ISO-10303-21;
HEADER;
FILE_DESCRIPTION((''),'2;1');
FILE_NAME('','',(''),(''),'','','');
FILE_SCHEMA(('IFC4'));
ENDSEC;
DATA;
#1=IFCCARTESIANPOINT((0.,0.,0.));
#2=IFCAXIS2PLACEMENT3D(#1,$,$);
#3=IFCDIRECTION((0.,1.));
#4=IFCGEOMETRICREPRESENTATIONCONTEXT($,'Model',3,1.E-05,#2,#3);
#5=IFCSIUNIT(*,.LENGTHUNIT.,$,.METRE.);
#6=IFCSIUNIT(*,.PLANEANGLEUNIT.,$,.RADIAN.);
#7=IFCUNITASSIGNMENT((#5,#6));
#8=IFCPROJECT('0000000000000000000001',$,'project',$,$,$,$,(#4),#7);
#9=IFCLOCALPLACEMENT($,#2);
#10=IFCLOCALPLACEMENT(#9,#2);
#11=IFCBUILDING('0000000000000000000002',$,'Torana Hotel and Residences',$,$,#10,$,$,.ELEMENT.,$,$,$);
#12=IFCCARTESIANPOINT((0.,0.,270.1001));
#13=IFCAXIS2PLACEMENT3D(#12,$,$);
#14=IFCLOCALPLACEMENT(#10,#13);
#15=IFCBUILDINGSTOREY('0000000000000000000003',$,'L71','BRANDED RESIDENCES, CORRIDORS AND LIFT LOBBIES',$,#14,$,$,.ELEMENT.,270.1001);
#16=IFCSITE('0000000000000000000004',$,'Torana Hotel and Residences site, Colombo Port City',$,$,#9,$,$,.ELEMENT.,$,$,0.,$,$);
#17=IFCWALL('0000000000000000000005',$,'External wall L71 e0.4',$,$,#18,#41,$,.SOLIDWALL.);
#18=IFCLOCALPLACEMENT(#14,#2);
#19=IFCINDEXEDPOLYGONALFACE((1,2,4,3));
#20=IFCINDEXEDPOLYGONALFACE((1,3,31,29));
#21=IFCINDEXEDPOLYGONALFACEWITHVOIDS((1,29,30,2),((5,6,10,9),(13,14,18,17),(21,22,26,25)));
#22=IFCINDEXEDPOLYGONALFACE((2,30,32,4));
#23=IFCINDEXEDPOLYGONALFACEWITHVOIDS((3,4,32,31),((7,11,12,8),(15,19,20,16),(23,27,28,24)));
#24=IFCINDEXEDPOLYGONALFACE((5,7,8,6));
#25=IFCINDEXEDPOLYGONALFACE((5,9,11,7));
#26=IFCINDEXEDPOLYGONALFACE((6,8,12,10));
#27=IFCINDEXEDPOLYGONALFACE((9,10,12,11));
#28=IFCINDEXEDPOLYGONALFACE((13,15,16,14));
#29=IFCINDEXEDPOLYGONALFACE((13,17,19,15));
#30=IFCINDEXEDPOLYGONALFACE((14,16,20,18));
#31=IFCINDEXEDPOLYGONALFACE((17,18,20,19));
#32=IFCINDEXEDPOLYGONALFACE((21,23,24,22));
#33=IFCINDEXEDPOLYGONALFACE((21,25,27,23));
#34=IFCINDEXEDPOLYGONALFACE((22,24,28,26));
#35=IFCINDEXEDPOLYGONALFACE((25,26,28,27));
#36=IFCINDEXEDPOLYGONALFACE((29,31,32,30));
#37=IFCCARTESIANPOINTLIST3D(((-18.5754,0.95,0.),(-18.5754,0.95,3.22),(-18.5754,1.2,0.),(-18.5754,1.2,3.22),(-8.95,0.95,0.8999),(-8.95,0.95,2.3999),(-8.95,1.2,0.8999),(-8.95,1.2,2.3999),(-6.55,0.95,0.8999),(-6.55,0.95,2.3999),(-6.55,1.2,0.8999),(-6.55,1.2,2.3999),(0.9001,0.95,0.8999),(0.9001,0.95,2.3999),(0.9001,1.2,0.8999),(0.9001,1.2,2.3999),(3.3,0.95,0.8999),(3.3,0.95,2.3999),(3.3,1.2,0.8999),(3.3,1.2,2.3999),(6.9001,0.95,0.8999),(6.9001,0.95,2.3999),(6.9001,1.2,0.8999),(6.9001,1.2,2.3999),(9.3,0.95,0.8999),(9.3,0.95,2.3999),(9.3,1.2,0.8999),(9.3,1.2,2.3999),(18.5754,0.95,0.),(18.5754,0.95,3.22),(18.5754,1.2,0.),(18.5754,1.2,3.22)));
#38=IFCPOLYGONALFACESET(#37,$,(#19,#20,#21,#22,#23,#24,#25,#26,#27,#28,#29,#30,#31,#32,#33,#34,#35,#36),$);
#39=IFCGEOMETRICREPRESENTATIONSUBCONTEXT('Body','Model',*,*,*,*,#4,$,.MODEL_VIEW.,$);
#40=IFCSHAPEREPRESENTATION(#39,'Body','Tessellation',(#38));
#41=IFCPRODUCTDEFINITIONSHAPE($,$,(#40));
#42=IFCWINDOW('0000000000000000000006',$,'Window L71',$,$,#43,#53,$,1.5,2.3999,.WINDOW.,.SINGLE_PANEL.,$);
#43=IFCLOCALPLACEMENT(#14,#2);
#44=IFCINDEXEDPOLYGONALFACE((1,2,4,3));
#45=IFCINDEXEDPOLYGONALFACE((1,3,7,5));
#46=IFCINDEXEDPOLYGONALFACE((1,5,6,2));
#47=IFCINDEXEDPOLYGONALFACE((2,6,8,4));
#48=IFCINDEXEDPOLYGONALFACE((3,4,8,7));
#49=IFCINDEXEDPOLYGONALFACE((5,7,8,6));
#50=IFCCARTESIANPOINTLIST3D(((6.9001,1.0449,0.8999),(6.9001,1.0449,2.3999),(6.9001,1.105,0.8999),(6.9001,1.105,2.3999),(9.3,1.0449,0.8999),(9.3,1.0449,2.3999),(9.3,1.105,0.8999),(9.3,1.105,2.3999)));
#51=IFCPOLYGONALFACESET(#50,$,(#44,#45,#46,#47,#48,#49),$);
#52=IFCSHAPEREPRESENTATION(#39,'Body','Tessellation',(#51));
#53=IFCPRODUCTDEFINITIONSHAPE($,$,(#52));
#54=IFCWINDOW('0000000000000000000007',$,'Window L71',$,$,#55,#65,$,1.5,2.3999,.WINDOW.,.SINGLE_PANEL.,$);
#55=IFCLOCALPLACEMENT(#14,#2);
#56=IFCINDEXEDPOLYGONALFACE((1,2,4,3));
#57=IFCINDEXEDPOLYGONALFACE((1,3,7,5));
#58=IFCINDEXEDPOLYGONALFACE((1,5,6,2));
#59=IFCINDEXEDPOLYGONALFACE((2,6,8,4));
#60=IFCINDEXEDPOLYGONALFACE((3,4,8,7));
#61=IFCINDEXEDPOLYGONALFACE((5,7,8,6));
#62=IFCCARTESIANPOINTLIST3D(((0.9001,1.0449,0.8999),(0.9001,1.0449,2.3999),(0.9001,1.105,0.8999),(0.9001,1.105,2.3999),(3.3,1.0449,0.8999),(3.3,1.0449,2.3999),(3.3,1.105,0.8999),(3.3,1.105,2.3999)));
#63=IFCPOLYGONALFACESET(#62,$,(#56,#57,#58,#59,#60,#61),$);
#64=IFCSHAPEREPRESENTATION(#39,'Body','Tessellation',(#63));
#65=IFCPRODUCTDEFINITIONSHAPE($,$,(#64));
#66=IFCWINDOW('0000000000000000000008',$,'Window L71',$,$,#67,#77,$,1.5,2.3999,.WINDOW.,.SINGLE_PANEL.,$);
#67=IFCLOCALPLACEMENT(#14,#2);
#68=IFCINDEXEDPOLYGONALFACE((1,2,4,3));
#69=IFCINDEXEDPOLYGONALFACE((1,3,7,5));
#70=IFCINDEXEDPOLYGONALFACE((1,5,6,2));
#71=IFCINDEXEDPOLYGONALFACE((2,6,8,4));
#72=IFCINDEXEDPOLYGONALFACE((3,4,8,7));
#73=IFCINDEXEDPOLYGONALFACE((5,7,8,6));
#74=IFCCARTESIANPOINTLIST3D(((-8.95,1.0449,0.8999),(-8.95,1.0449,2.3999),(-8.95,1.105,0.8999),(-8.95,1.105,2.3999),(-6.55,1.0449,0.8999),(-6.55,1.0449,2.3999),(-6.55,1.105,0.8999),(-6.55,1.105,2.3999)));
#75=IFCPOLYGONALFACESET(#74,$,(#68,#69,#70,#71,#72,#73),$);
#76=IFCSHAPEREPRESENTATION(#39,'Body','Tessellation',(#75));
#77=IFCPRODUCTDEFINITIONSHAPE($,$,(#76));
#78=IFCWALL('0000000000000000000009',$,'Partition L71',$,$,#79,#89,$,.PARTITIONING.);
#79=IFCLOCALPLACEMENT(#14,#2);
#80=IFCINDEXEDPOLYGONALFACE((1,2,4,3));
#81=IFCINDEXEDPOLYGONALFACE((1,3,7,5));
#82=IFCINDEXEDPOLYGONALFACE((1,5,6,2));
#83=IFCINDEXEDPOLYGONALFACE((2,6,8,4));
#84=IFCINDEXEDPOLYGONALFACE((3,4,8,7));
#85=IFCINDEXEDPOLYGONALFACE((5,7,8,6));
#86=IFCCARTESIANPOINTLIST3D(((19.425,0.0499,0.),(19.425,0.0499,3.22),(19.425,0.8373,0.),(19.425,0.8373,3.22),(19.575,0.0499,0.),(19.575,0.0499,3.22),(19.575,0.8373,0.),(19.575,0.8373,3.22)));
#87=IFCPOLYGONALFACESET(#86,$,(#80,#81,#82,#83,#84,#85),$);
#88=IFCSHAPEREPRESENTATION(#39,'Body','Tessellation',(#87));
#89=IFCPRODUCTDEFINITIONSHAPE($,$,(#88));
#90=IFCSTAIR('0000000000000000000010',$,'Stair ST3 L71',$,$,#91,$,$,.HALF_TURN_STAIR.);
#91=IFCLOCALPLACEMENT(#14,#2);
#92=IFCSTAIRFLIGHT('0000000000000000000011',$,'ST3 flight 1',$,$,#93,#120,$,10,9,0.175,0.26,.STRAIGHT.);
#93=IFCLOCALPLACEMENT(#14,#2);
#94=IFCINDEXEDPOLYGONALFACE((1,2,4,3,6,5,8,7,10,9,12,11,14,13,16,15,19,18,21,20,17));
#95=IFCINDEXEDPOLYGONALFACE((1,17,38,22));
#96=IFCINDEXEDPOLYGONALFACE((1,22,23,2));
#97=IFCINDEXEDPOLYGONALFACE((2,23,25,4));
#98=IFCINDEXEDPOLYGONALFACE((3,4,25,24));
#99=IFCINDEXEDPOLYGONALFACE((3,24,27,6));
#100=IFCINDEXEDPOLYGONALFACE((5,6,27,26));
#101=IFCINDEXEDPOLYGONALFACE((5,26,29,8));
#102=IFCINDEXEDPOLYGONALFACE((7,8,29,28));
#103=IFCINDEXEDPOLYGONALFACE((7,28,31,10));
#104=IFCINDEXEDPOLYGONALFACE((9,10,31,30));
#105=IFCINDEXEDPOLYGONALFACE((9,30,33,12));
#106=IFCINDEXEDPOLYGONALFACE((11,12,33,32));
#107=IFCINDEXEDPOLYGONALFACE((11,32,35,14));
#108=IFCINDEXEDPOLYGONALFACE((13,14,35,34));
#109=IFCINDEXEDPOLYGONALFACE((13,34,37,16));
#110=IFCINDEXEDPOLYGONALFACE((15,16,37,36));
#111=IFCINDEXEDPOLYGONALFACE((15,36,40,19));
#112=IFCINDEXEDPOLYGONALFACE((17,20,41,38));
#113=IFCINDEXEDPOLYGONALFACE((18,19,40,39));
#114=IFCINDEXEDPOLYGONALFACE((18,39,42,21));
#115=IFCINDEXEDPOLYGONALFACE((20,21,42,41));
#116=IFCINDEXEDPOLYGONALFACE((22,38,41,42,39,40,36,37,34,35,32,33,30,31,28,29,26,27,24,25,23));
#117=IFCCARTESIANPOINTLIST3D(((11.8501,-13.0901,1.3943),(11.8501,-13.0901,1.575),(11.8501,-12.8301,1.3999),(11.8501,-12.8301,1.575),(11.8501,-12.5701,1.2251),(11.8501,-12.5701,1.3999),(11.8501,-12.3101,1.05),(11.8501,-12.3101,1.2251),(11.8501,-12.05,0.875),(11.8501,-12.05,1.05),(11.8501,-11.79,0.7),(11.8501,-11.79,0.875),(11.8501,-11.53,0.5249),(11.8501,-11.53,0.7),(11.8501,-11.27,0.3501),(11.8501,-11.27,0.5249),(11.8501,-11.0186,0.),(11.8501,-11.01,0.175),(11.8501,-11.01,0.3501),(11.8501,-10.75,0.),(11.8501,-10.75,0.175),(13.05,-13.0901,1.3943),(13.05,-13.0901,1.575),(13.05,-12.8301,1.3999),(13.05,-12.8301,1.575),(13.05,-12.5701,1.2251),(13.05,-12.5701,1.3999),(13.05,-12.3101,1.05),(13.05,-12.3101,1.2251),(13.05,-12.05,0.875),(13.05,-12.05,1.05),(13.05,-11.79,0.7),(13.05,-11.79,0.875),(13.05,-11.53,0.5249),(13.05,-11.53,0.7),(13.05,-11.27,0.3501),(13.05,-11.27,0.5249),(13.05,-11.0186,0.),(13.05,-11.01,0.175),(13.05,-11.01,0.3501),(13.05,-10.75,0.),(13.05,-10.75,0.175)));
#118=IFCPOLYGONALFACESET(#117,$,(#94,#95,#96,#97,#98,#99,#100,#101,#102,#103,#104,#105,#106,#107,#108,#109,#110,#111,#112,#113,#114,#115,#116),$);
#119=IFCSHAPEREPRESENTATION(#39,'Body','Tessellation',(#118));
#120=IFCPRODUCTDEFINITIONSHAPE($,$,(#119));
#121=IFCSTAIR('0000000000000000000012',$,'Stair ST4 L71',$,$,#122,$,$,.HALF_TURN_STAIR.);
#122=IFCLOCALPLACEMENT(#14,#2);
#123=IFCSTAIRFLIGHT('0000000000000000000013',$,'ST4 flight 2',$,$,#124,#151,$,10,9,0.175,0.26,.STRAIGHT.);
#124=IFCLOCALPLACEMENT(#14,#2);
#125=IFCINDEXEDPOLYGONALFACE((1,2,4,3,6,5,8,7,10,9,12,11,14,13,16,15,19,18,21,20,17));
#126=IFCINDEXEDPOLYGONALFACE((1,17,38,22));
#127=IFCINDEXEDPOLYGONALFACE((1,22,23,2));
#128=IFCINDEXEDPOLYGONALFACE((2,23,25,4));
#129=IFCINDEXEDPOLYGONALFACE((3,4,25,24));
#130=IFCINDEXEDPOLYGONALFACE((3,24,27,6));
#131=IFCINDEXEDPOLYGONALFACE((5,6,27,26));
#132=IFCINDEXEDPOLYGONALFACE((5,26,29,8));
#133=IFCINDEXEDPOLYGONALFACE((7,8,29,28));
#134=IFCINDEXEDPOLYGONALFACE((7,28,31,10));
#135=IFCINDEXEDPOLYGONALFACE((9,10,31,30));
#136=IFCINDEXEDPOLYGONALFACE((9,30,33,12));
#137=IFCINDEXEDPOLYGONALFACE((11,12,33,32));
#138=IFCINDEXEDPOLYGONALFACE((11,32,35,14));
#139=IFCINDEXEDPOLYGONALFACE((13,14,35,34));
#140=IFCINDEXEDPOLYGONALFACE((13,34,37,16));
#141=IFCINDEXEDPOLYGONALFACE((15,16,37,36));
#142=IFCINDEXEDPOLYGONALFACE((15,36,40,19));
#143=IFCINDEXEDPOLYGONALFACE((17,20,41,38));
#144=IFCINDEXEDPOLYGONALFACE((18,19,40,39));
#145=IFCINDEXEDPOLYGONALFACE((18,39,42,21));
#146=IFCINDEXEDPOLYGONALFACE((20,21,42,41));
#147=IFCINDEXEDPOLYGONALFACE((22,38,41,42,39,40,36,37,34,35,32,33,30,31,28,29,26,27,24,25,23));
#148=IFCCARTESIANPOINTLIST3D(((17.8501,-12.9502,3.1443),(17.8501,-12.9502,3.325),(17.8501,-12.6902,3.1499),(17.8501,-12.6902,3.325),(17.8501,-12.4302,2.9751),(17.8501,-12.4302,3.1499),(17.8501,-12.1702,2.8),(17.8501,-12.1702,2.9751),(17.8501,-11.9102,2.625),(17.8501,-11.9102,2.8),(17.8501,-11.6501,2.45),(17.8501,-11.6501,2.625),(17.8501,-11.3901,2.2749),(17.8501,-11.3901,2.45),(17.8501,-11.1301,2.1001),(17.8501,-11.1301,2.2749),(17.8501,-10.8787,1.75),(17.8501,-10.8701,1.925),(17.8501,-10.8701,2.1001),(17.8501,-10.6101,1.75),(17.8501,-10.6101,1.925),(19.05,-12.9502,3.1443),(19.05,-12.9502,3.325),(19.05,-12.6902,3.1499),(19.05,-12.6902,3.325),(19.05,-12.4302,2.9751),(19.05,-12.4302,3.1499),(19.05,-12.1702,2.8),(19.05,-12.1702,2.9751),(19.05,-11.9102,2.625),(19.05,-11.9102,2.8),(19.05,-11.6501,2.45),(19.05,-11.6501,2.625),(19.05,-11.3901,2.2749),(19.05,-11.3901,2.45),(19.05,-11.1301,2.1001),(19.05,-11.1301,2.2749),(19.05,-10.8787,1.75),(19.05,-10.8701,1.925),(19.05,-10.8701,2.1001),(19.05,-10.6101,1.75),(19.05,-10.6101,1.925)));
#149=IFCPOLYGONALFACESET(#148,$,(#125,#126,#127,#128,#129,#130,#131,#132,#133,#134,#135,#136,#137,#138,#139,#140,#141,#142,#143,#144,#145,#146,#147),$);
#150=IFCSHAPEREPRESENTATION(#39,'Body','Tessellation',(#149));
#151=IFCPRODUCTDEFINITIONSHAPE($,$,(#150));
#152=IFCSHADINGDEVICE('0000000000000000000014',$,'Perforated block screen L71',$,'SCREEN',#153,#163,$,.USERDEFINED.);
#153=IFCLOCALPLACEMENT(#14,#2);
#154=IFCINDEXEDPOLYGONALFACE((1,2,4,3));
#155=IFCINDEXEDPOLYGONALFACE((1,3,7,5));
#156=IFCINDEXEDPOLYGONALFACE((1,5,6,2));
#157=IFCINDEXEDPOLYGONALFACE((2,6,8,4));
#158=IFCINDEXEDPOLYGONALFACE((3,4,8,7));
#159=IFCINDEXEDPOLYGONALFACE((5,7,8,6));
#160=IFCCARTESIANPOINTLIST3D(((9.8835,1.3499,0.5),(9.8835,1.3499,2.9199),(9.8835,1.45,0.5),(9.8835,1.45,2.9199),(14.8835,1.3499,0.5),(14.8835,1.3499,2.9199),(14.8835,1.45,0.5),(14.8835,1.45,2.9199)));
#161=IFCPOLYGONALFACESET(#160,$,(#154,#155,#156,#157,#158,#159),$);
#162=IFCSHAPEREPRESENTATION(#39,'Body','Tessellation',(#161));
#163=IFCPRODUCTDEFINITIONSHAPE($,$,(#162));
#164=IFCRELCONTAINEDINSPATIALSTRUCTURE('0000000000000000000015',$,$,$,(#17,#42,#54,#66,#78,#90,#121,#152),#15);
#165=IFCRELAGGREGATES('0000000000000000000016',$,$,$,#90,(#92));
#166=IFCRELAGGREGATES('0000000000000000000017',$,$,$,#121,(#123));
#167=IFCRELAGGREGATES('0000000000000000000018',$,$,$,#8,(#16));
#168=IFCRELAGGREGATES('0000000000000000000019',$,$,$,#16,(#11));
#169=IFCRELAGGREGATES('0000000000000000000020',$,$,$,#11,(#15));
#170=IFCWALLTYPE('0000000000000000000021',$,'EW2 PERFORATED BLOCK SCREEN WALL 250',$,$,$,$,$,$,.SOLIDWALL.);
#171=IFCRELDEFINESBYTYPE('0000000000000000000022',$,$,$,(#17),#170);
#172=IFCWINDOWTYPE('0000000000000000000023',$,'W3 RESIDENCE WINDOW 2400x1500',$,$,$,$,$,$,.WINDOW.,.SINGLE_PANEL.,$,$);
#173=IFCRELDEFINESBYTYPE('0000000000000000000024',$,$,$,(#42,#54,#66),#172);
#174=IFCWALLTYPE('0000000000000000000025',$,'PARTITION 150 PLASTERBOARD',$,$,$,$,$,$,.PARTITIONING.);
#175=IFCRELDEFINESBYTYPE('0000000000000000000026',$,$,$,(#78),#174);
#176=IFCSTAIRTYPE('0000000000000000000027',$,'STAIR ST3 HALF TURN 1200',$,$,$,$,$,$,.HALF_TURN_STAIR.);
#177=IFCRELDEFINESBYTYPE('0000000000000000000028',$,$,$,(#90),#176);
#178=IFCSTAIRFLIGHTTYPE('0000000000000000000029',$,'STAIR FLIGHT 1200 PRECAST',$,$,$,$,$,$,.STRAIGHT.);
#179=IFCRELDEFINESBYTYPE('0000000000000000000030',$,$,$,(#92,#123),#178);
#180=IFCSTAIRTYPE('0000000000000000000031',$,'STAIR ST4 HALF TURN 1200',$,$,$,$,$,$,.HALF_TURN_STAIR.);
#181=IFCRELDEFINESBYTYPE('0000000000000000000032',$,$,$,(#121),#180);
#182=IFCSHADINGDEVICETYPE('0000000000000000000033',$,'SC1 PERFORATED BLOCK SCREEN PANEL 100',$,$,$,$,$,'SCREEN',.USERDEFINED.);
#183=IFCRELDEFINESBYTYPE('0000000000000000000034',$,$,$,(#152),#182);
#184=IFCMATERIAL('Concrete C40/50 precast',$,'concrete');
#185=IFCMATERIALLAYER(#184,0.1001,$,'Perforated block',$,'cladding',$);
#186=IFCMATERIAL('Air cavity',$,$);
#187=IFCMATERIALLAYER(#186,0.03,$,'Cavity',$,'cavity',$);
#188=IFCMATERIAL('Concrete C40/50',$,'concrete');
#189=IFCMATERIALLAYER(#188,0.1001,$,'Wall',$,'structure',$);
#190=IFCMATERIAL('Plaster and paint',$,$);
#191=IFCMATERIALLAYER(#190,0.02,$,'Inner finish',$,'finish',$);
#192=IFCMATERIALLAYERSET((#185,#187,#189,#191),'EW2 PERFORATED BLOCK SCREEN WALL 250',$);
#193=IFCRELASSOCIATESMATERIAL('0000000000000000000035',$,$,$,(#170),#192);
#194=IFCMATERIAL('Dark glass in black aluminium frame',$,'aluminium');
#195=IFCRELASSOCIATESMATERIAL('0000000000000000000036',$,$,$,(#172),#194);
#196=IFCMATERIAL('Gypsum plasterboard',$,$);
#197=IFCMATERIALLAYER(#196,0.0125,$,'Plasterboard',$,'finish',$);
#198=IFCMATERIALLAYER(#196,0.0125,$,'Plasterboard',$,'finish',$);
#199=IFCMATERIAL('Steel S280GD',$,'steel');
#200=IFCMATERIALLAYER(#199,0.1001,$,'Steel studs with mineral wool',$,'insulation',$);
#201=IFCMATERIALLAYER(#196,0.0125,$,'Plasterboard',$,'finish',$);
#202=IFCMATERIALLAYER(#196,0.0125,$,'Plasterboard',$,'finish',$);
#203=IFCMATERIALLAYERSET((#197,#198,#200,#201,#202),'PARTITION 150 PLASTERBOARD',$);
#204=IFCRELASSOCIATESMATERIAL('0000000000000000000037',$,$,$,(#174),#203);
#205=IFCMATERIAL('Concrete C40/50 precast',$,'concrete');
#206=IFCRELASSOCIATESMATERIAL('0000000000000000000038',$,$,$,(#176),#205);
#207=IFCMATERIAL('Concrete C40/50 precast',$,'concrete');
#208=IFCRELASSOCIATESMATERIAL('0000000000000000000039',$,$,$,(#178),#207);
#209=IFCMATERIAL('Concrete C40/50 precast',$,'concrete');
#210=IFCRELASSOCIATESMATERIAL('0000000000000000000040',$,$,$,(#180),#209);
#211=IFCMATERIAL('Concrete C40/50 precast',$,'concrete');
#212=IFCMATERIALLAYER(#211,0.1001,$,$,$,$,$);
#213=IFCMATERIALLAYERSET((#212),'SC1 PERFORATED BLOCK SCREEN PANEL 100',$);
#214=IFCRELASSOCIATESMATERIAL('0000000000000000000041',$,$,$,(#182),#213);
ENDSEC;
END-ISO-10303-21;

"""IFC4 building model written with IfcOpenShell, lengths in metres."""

from ifc_helpers import new_model, si_unit, direction, frame, frame_2d, origin, origin_2d, place, context, subcontext, project, spatial, polyline, rectangle, outline, extrude, material, layer, layer_set, type_object, element, fill, aggregate, save


model = new_model("IFC4")

# Units and contexts
model_context = context("Model", 3, precision=1e-05, world=origin(), true_north=direction((0.0, 1.0)))
body_context = subcontext(model_context, "Body", "Model", "MODEL_VIEW")
ifc_project = project(units=[si_unit("LENGTHUNIT", "METRE"), si_unit("PLANEANGLEUNIT", "RADIAN")], contexts=[model_context])

# Site, building, storey
site_placement = place(None, origin())
site = spatial("IfcSite", under=ifc_project, at=site_placement, Name="Torana Hotel and Residences site, Colombo Port City", CompositionType="ELEMENT", RefElevation=0.0)
building_placement = place(site_placement, origin())
building = spatial("IfcBuilding", under=site, at=building_placement, Name="Torana Hotel and Residences", CompositionType="ELEMENT")
storey_placement = place(building_placement, frame((0.0, 0.0, 270.1001)))
storey = spatial("IfcBuildingStorey", under=building, at=storey_placement, Name="L71", Description="BRANDED RESIDENCES, CORRIDORS AND LIFT LOBBIES", CompositionType="ELEMENT", Elevation=270.1001)

# Wall, openings, windows
ifc_material_1 = material(Name="Concrete C40/50 precast", Category="concrete")
ifc_layer_1 = layer(ifc_material_1, 0.1001, Name="Perforated block", Category="cladding")
ifc_material_2 = material(Name="Air cavity")
ifc_layer_2 = layer(ifc_material_2, 0.03, Name="Cavity", Category="cavity")
ifc_material_3 = material(Name="Concrete C40/50", Category="concrete")
ifc_layer_3 = layer(ifc_material_3, 0.1001, Name="Wall", Category="structure")
ifc_material_4 = material(Name="Plaster and paint")
ifc_layer_4 = layer(ifc_material_4, 0.02, Name="Inner finish", Category="finish")
ifc_layer_set_1 = layer_set([ifc_layer_1, ifc_layer_2, ifc_layer_3, ifc_layer_4], Name="EW2 PERFORATED BLOCK SCREEN WALL 250")
wall_type_1 = type_object("IfcWallType", Name="EW2 PERFORATED BLOCK SCREEN WALL 250", PredefinedType="SOLIDWALL", material=ifc_layer_set_1)
wall_1_placement = place(storey_placement, frame((18.5754, 1.075, 0.0), z_axis=(0.0, 0.0, 1.0), x_axis=(-1.0, 0.0, 0.0)))
wall_1 = element("IfcWall", 1, at=wall_1_placement, inside=storey, type_object=wall_type_1, Name="External wall L71 e0.4", PredefinedType="SOLIDWALL", context=body_context, shape_type="SweptSolid", body=[
    extrude(rectangle(XDim=37.1509, YDim=0.25, at=frame_2d((18.5754, 0.0))), origin(), (0.0, 0.0, 1.0), 3.22),
])
opening_1_placement = place(wall_1_placement, frame((9.2754, 0.0, 0.8999)))
opening_1 = element("IfcOpeningElement", 2, at=opening_1_placement, cuts=wall_1, PredefinedType="OPENING", context=body_context, shape_type="SweptSolid", body=[
    extrude(rectangle(XDim=2.3999, YDim=1.5, at=frame_2d((1.2, 0.75))), frame((0.0, 0.135, 0.0), z_axis=(0.0, -1.0, 0.0), x_axis=(1.0, 0.0, 0.0)), (0.0, 0.0, 1.0), 0.27),
])
opening_2_placement = place(wall_1_placement, frame((15.2754, 0.0, 0.8999)))
opening_2 = element("IfcOpeningElement", 3, at=opening_2_placement, cuts=wall_1, PredefinedType="OPENING", context=body_context, shape_type="SweptSolid", body=[
    extrude(rectangle(XDim=2.3999, YDim=1.5, at=frame_2d((1.2, 0.75))), frame((0.0, 0.135, 0.0), z_axis=(0.0, -1.0, 0.0), x_axis=(1.0, 0.0, 0.0)), (0.0, 0.0, 1.0), 0.27),
])
opening_3_placement = place(wall_1_placement, frame((25.1255, 0.0, 0.8999)))
opening_3 = element("IfcOpeningElement", 4, at=opening_3_placement, cuts=wall_1, PredefinedType="OPENING", context=body_context, shape_type="SweptSolid", body=[
    extrude(rectangle(XDim=2.3999, YDim=1.5, at=frame_2d((1.2, 0.75))), frame((0.0, 0.135, 0.0), z_axis=(0.0, -1.0, 0.0), x_axis=(1.0, 0.0, 0.0)), (0.0, 0.0, 1.0), 0.27),
])
ifc_material_5 = material(Name="Dark glass in black aluminium frame", Category="aluminium")
window_type = type_object("IfcWindowType", Name="W3 RESIDENCE WINDOW 2400x1500", PartitioningType="SINGLE_PANEL", PredefinedType="WINDOW", material=ifc_material_5)
window_1_placement = place(opening_1_placement, origin())
window_1 = element("IfcWindow", 5, at=window_1_placement, inside=storey, type_object=window_type, Name="Window L71", OverallHeight=1.5, OverallWidth=2.3999, PartitioningType="SINGLE_PANEL", PredefinedType="WINDOW", context=body_context, shape_type="SweptSolid", body=[
    extrude(rectangle(XDim=2.3999, YDim=1.5, at=frame_2d((1.2, 0.75))), frame((0.0, 0.03, 0.0), z_axis=(0.0, -1.0, 0.0), x_axis=(1.0, 0.0, 0.0)), (0.0, 0.0, 1.0), 0.0601),
])
fill(opening_1, window_1)
window_2_placement = place(opening_2_placement, origin())
window_2 = element("IfcWindow", 6, at=window_2_placement, inside=storey, type_object=window_type, Name="Window L71", OverallHeight=1.5, OverallWidth=2.3999, PartitioningType="SINGLE_PANEL", PredefinedType="WINDOW", context=body_context, shape_type="SweptSolid", body=[
    extrude(rectangle(XDim=2.3999, YDim=1.5, at=frame_2d((1.2, 0.75))), frame((0.0, 0.03, 0.0), z_axis=(0.0, -1.0, 0.0), x_axis=(1.0, 0.0, 0.0)), (0.0, 0.0, 1.0), 0.0601),
])
fill(opening_2, window_2)
window_3_placement = place(opening_3_placement, origin())
window_3 = element("IfcWindow", 7, at=window_3_placement, inside=storey, type_object=window_type, Name="Window L71", OverallHeight=1.5, OverallWidth=2.3999, PartitioningType="SINGLE_PANEL", PredefinedType="WINDOW", context=body_context, shape_type="SweptSolid", body=[
    extrude(rectangle(XDim=2.3999, YDim=1.5, at=frame_2d((1.2, 0.75))), frame((0.0, 0.03, 0.0), z_axis=(0.0, -1.0, 0.0), x_axis=(1.0, 0.0, 0.0)), (0.0, 0.0, 1.0), 0.0601),
])
fill(opening_3, window_3)

# Wall
ifc_material_6 = material(Name="Gypsum plasterboard")
ifc_layer_5 = layer(ifc_material_6, 0.0125, Name="Plasterboard", Category="finish")
ifc_layer_6 = layer(ifc_material_6, 0.0125, Name="Plasterboard", Category="finish")
ifc_material_7 = material(Name="Steel S280GD", Category="steel")
ifc_layer_7 = layer(ifc_material_7, 0.1001, Name="Steel studs with mineral wool", Category="insulation")
ifc_layer_8 = layer(ifc_material_6, 0.0125, Name="Plasterboard", Category="finish")
ifc_layer_9 = layer(ifc_material_6, 0.0125, Name="Plasterboard", Category="finish")
ifc_layer_set_2 = layer_set([ifc_layer_5, ifc_layer_6, ifc_layer_7, ifc_layer_8, ifc_layer_9], Name="PARTITION 150 PLASTERBOARD")
wall_type_2 = type_object("IfcWallType", Name="PARTITION 150 PLASTERBOARD", PredefinedType="PARTITIONING", material=ifc_layer_set_2)
wall_2_placement = place(storey_placement, frame((19.5, 0.05, 0.0), z_axis=(0.0, 0.0, 1.0), x_axis=(0.0, 1.0, 0.0)))
element("IfcWall", 8, at=wall_2_placement, inside=storey, type_object=wall_type_2, Name="Partition L71", PredefinedType="PARTITIONING", context=body_context, shape_type="SweptSolid", body=[
    extrude(rectangle(XDim=0.7874, YDim=0.1499, at=frame_2d((0.3936, 0.0))), origin(), (0.0, 0.0, 1.0), 3.22),
])

# Stairs, stair flights
ifc_material_8 = material(Name="Concrete C40/50 precast", Category="concrete")
stair_type_1 = type_object("IfcStairType", Name="STAIR ST3 HALF TURN 1200", PredefinedType="HALF_TURN_STAIR", material=ifc_material_8)
stair_1_placement = place(storey_placement, origin())
stair_1 = element("IfcStair", 9, at=stair_1_placement, inside=storey, type_object=stair_type_1, Name="Stair ST3 L71", PredefinedType="HALF_TURN_STAIR")
ifc_material_9 = material(Name="Concrete C40/50 precast", Category="concrete")
stair_flight_type = type_object("IfcStairFlightType", Name="STAIR FLIGHT 1200 PRECAST", PredefinedType="STRAIGHT", material=ifc_material_9)
stair_flight_1_placement = place(storey_placement, frame((12.45, -10.75, 0.0), z_axis=(0.0, 0.0, 1.0), x_axis=(0.0, -1.0, 0.0)))
stair_flight_1 = element("IfcStairFlight", 10, at=stair_flight_1_placement, type_object=stair_flight_type, Name="ST3 flight 1", NumberOfRisers=10, NumberOfTreads=9, PredefinedType="STRAIGHT", RiserHeight=0.175, TreadLength=0.26, context=body_context, shape_type="SweptSolid", body=[
    extrude(outline(polyline([(0.0, 0.0), (0.0, 0.175), (0.26, 0.175), (0.26, 0.3501), (0.52, 0.3501), (0.52, 0.5249), (0.78, 0.5249), (0.78, 0.7), (1.04, 0.7), (1.04, 0.875), (1.3, 0.875), (1.3, 1.05), (1.5601, 1.05), (1.5601, 1.2251), (1.8201, 1.2251), (1.8201, 1.3999), (2.0801, 1.3999), (2.0801, 1.575), (2.3401, 1.575), (2.3401, 1.75), (2.3401, 1.3943), (0.2686, 0.0), (0.0, 0.0)])), frame((0.0, 0.6001, 0.0), z_axis=(0.0, -1.0, 0.0), x_axis=(1.0, 0.0, 0.0)), (0.0, 0.0, 1.0), 1.2),
])
aggregate(stair_1, [stair_flight_1])
ifc_material_10 = material(Name="Concrete C40/50 precast", Category="concrete")
stair_type_2 = type_object("IfcStairType", Name="STAIR ST4 HALF TURN 1200", PredefinedType="HALF_TURN_STAIR", material=ifc_material_10)
stair_2_placement = place(storey_placement, origin())
stair_2 = element("IfcStair", 11, at=stair_2_placement, inside=storey, type_object=stair_type_2, Name="Stair ST4 L71", PredefinedType="HALF_TURN_STAIR")
stair_flight_2_placement = place(storey_placement, frame((18.45, -10.6101, 1.75), z_axis=(0.0, 0.0, 1.0), x_axis=(0.0, -1.0, 0.0)))
stair_flight_2 = element("IfcStairFlight", 12, at=stair_flight_2_placement, type_object=stair_flight_type, Name="ST4 flight 2", NumberOfRisers=10, NumberOfTreads=9, PredefinedType="STRAIGHT", RiserHeight=0.175, TreadLength=0.26, context=body_context, shape_type="SweptSolid", body=[
    extrude(outline(polyline([(0.0, 0.0), (0.0, 0.175), (0.26, 0.175), (0.26, 0.3501), (0.52, 0.3501), (0.52, 0.5249), (0.78, 0.5249), (0.78, 0.7), (1.04, 0.7), (1.04, 0.875), (1.3, 0.875), (1.3, 1.05), (1.5601, 1.05), (1.5601, 1.2251), (1.8201, 1.2251), (1.8201, 1.3999), (2.0801, 1.3999), (2.0801, 1.575), (2.3401, 1.575), (2.3401, 1.75), (2.3401, 1.3943), (0.2686, 0.0), (0.0, 0.0)])), frame((0.0, 0.6001, 0.0), z_axis=(0.0, -1.0, 0.0), x_axis=(1.0, 0.0, 0.0)), (0.0, 0.0, 1.0), 1.2),
])
aggregate(stair_2, [stair_flight_2])

# Shading device
ifc_material_11 = material(Name="Concrete C40/50 precast", Category="concrete")
ifc_layer_10 = layer(ifc_material_11, 0.1001)
ifc_layer_set_3 = layer_set([ifc_layer_10], Name="SC1 PERFORATED BLOCK SCREEN PANEL 100")
shading_device_type = type_object("IfcShadingDeviceType", Name="SC1 PERFORATED BLOCK SCREEN PANEL 100", ElementType="SCREEN", PredefinedType="USERDEFINED", material=ifc_layer_set_3)
shading_device_placement = place(storey_placement, frame((12.3835, 1.3999, 0.5), z_axis=(0.0, 0.0, 1.0), x_axis=(-1.0, 0.0, 0.0)))
element("IfcShadingDevice", 13, at=shading_device_placement, inside=storey, type_object=shading_device_type, Name="Perforated block screen L71", ObjectType="SCREEN", PredefinedType="USERDEFINED", context=body_context, shape_type="SweptSolid", body=[
    extrude(rectangle(XDim=5.0, YDim=0.1001, at=origin_2d()), origin(), (0.0, 0.0, 1.0), 2.4199),
])

save(model, "model.ifc")
